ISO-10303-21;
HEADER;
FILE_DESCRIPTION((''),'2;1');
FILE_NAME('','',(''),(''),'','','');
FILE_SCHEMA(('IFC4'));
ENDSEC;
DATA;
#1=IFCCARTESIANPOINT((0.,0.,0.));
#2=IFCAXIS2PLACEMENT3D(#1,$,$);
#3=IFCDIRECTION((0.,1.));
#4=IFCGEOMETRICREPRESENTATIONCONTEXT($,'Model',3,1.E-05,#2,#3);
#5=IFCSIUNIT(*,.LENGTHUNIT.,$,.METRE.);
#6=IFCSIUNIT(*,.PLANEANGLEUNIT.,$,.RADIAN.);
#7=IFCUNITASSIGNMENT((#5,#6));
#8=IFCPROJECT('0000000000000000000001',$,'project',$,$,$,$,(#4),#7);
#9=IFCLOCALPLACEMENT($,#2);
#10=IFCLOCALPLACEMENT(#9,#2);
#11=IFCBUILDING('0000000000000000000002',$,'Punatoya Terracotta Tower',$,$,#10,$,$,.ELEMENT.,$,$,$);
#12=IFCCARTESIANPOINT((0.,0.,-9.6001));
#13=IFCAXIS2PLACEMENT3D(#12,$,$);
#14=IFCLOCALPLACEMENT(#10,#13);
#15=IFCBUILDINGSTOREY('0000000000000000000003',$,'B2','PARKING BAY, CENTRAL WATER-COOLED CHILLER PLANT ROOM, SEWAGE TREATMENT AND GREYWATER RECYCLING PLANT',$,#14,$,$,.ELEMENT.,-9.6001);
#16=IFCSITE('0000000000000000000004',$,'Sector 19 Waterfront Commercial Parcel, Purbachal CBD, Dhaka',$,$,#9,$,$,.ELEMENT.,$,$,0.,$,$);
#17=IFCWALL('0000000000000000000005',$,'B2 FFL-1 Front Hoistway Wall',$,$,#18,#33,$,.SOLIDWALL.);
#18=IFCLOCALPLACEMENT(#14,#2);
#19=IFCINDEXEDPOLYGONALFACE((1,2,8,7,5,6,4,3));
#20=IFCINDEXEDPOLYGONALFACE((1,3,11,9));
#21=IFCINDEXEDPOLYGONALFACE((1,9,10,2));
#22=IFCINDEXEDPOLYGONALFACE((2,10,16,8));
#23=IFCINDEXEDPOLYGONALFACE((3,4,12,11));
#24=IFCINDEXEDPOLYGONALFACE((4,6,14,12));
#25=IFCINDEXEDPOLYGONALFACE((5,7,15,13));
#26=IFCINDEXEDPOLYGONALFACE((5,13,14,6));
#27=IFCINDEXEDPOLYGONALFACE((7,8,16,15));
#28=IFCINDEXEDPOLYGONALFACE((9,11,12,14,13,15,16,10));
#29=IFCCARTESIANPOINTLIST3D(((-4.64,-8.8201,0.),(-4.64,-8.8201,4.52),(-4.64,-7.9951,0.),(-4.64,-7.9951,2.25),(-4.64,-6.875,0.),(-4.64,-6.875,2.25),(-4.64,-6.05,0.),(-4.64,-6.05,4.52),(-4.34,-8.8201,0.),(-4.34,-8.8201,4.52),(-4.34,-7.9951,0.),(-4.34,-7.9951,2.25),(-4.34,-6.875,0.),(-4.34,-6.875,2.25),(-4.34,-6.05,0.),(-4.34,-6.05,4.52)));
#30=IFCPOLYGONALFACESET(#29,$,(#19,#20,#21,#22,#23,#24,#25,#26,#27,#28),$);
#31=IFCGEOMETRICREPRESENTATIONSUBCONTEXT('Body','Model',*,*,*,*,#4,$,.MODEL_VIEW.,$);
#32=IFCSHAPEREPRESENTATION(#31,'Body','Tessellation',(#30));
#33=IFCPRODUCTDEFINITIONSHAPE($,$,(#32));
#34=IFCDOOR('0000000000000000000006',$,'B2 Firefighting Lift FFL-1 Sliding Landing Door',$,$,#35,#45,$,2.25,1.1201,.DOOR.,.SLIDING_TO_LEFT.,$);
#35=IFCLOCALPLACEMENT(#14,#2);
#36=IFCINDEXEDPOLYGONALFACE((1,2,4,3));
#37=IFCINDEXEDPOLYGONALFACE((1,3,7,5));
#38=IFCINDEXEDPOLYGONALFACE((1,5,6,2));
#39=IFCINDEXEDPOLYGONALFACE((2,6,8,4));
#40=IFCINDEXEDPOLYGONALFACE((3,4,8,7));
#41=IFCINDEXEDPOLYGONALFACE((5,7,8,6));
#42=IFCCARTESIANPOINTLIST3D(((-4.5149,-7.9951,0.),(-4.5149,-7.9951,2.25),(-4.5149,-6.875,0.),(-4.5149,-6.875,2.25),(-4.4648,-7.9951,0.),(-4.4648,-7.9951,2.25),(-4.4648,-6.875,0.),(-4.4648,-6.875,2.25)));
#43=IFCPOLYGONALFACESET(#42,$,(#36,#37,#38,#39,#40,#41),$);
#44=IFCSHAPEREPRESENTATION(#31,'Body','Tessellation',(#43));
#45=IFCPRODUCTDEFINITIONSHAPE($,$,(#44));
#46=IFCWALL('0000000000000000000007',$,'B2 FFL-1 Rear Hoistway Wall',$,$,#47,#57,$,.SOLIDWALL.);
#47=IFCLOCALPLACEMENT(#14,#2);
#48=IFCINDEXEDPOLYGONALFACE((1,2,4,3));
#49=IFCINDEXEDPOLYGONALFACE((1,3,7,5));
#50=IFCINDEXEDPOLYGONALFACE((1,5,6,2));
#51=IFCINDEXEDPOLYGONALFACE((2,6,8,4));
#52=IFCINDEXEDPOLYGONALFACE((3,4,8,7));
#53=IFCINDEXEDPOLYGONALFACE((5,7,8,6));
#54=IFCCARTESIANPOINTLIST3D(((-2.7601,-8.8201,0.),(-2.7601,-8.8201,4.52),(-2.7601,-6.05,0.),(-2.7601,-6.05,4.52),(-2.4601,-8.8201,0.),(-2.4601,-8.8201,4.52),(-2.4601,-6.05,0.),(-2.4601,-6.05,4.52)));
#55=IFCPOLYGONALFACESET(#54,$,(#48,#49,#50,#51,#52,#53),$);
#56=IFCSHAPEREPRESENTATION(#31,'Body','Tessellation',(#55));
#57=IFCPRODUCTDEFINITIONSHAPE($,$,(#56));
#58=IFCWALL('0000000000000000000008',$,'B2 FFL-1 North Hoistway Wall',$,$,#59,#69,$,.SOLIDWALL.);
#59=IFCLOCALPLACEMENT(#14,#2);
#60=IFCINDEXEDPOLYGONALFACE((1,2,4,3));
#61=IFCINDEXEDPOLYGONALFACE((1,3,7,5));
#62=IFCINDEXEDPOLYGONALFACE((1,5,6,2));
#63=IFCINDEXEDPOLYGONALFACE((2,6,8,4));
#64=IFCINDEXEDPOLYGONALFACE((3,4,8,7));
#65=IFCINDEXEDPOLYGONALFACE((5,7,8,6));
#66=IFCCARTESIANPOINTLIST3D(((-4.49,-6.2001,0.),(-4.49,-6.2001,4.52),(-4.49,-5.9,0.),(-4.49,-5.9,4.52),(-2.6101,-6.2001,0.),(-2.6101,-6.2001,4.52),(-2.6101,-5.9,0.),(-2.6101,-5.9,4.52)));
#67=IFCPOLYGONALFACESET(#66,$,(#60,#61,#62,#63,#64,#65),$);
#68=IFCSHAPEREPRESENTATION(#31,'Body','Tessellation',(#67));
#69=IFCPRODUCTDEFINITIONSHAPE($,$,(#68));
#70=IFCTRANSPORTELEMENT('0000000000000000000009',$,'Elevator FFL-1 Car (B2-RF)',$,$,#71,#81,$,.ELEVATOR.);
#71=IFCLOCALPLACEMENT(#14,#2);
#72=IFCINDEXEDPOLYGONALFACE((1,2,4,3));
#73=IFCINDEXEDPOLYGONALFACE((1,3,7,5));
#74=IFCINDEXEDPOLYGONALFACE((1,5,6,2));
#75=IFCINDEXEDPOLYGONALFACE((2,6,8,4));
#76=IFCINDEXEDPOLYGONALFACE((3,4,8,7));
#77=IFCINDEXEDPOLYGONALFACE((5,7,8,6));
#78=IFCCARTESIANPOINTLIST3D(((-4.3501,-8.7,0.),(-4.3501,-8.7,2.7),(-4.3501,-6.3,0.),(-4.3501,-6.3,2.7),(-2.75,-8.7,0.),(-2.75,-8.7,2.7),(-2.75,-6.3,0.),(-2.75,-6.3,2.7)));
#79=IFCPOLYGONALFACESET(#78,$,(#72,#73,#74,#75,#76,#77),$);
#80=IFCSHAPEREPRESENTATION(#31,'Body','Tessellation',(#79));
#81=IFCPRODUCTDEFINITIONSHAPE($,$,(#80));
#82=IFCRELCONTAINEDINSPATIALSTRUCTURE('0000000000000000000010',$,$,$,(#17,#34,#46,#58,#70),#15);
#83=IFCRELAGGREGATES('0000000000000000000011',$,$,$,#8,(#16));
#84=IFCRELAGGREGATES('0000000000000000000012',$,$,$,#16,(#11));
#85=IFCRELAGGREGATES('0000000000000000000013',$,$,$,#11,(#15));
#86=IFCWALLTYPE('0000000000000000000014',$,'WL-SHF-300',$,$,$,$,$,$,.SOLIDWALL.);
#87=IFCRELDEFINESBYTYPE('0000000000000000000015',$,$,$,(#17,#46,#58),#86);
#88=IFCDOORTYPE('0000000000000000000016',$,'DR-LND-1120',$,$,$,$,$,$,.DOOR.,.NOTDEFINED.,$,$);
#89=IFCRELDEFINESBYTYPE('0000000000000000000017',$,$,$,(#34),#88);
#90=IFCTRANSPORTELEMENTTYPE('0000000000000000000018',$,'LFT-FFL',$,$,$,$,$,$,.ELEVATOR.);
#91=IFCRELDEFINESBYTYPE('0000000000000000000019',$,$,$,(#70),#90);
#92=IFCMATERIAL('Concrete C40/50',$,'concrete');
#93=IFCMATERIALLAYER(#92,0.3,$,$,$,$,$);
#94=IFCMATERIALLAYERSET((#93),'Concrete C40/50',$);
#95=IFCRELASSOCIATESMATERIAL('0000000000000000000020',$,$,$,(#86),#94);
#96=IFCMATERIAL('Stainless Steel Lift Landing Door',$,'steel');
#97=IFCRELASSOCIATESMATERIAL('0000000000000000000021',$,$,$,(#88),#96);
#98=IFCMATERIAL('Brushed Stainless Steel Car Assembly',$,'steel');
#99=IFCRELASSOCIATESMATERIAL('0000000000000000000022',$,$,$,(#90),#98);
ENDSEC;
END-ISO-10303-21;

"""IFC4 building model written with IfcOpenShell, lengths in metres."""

from ifc_helpers import new_model, si_unit, direction, frame, frame_2d, origin, origin_2d, place, context, subcontext, project, spatial, rectangle, extrude, material, layer, layer_set, type_object, element, fill, save


model = new_model("IFC4")

# Units and contexts
model_context = context("Model", 3, precision=1e-05, world=origin(), true_north=direction((0.0, 1.0)))
body_context = subcontext(model_context, "Body", "Model", "MODEL_VIEW")
ifc_project = project(units=[si_unit("LENGTHUNIT", "METRE"), si_unit("PLANEANGLEUNIT", "RADIAN")], contexts=[model_context])

# Site, building, storey
site_placement = place(None, origin())
site = spatial("IfcSite", under=ifc_project, at=site_placement, Name="Sector 19 Waterfront Commercial Parcel, Purbachal CBD, Dhaka", CompositionType="ELEMENT", RefElevation=0.0)
building_placement = place(site_placement, origin())
building = spatial("IfcBuilding", under=site, at=building_placement, Name="Punatoya Terracotta Tower", CompositionType="ELEMENT")
storey_placement = place(building_placement, frame((0.0, 0.0, -9.6001)))
storey = spatial("IfcBuildingStorey", under=building, at=storey_placement, Name="B2", Description="PARKING BAY, CENTRAL WATER-COOLED CHILLER PLANT ROOM, SEWAGE TREATMENT AND GREYWATER RECYCLING PLANT", CompositionType="ELEMENT", Elevation=-9.6001)

# Shared definitions
ifc_material_1 = material(Name="Concrete C40/50", Category="concrete")

# Wall, opening, door
ifc_layer_1 = layer(ifc_material_1, 0.3)
ifc_layer_set_1 = layer_set([ifc_layer_1], Name="Concrete C40/50")
wall_type_1 = type_object("IfcWallType", Name="WL-SHF-300", PredefinedType="SOLIDWALL", material=ifc_layer_set_1)
wall_1_placement = place(storey_placement, frame((-4.49, -8.8201, 0.0), z_axis=(0.0, 0.0, 1.0), x_axis=(0.0, 1.0, 0.0)))
wall_1 = element("IfcWall", 1, at=wall_1_placement, inside=storey, type_object=wall_type_1, Name="B2 FFL-1 Front Hoistway Wall", PredefinedType="SOLIDWALL", context=body_context, shape_type="SweptSolid", body=[
    extrude(rectangle(XDim=2.77, YDim=0.3, at=frame_2d((1.385, 0.0))), origin(), (0.0, 0.0, 1.0), 4.52),
])
opening_1_placement = place(wall_1_placement, frame((0.825, 0.0, 0.0)))
opening_1 = element("IfcOpeningElement", 2, at=opening_1_placement, cuts=wall_1, PredefinedType="OPENING", context=body_context, shape_type="SweptSolid", body=[
    extrude(rectangle(XDim=1.1201, YDim=2.25, at=frame_2d((0.5601, 1.125))), frame((0.0, 0.1599, 0.0), z_axis=(0.0, -1.0, 0.0), x_axis=(1.0, 0.0, 0.0)), (0.0, 0.0, 1.0), 0.3201),
])
ifc_material_2 = material(Name="Stainless Steel Lift Landing Door", Category="steel")
door_type_1 = type_object("IfcDoorType", Name="DR-LND-1120", OperationType="NOTDEFINED", PredefinedType="DOOR", material=ifc_material_2)
door_1_placement = place(opening_1_placement, origin())
door_1 = element("IfcDoor", 3, at=door_1_placement, inside=storey, type_object=door_type_1, Name="B2 Firefighting Lift FFL-1 Sliding Landing Door", OperationType="SLIDING_TO_LEFT", OverallHeight=2.25, OverallWidth=1.1201, PredefinedType="DOOR", context=body_context, shape_type="SweptSolid", body=[
    extrude(rectangle(XDim=1.1201, YDim=2.25, at=frame_2d((0.5601, 1.125))), frame((0.0, 0.0249, 0.0), z_axis=(0.0, -1.0, 0.0), x_axis=(1.0, 0.0, 0.0)), (0.0, 0.0, 1.0), 0.05),
])
fill(opening_1, door_1)

# Walls
wall_2_placement = place(storey_placement, frame((-2.6101, -8.8201, 0.0), z_axis=(0.0, 0.0, 1.0), x_axis=(0.0, 1.0, 0.0)))
element("IfcWall", 4, at=wall_2_placement, inside=storey, type_object=wall_type_1, Name="B2 FFL-1 Rear Hoistway Wall", PredefinedType="SOLIDWALL", context=body_context, shape_type="SweptSolid", body=[
    extrude(rectangle(XDim=2.77, YDim=0.3, at=frame_2d((1.385, 0.0))), origin(), (0.0, 0.0, 1.0), 4.52),
])
wall_3_placement = place(storey_placement, frame((-4.49, -6.05, 0.0), z_axis=(0.0, 0.0, 1.0), x_axis=(1.0, 0.0, 0.0)))
element("IfcWall", 5, at=wall_3_placement, inside=storey, type_object=wall_type_1, Name="B2 FFL-1 North Hoistway Wall", PredefinedType="SOLIDWALL", context=body_context, shape_type="SweptSolid", body=[
    extrude(rectangle(XDim=1.8799, YDim=0.3, at=frame_2d((0.9399, 0.0))), origin(), (0.0, 0.0, 1.0), 4.52),
])

# Transport element
ifc_material_3 = material(Name="Brushed Stainless Steel Car Assembly", Category="steel")
transport_element_type = type_object("IfcTransportElementType", Name="LFT-FFL", PredefinedType="ELEVATOR", material=ifc_material_3)
transport_element_placement = place(storey_placement, frame((-3.55, -7.5, 0.0), z_axis=(0.0, 0.0, 1.0), x_axis=(1.0, 0.0, 0.0)))
element("IfcTransportElement", 6, at=transport_element_placement, inside=storey, type_object=transport_element_type, Name="Elevator FFL-1 Car (B2-RF)", PredefinedType="ELEVATOR", context=body_context, shape_type="SweptSolid", body=[
    extrude(rectangle(XDim=1.6001, YDim=2.3999, at=origin_2d()), origin(), (0.0, 0.0, 1.0), 2.7),
])

save(model, "model.ifc")
